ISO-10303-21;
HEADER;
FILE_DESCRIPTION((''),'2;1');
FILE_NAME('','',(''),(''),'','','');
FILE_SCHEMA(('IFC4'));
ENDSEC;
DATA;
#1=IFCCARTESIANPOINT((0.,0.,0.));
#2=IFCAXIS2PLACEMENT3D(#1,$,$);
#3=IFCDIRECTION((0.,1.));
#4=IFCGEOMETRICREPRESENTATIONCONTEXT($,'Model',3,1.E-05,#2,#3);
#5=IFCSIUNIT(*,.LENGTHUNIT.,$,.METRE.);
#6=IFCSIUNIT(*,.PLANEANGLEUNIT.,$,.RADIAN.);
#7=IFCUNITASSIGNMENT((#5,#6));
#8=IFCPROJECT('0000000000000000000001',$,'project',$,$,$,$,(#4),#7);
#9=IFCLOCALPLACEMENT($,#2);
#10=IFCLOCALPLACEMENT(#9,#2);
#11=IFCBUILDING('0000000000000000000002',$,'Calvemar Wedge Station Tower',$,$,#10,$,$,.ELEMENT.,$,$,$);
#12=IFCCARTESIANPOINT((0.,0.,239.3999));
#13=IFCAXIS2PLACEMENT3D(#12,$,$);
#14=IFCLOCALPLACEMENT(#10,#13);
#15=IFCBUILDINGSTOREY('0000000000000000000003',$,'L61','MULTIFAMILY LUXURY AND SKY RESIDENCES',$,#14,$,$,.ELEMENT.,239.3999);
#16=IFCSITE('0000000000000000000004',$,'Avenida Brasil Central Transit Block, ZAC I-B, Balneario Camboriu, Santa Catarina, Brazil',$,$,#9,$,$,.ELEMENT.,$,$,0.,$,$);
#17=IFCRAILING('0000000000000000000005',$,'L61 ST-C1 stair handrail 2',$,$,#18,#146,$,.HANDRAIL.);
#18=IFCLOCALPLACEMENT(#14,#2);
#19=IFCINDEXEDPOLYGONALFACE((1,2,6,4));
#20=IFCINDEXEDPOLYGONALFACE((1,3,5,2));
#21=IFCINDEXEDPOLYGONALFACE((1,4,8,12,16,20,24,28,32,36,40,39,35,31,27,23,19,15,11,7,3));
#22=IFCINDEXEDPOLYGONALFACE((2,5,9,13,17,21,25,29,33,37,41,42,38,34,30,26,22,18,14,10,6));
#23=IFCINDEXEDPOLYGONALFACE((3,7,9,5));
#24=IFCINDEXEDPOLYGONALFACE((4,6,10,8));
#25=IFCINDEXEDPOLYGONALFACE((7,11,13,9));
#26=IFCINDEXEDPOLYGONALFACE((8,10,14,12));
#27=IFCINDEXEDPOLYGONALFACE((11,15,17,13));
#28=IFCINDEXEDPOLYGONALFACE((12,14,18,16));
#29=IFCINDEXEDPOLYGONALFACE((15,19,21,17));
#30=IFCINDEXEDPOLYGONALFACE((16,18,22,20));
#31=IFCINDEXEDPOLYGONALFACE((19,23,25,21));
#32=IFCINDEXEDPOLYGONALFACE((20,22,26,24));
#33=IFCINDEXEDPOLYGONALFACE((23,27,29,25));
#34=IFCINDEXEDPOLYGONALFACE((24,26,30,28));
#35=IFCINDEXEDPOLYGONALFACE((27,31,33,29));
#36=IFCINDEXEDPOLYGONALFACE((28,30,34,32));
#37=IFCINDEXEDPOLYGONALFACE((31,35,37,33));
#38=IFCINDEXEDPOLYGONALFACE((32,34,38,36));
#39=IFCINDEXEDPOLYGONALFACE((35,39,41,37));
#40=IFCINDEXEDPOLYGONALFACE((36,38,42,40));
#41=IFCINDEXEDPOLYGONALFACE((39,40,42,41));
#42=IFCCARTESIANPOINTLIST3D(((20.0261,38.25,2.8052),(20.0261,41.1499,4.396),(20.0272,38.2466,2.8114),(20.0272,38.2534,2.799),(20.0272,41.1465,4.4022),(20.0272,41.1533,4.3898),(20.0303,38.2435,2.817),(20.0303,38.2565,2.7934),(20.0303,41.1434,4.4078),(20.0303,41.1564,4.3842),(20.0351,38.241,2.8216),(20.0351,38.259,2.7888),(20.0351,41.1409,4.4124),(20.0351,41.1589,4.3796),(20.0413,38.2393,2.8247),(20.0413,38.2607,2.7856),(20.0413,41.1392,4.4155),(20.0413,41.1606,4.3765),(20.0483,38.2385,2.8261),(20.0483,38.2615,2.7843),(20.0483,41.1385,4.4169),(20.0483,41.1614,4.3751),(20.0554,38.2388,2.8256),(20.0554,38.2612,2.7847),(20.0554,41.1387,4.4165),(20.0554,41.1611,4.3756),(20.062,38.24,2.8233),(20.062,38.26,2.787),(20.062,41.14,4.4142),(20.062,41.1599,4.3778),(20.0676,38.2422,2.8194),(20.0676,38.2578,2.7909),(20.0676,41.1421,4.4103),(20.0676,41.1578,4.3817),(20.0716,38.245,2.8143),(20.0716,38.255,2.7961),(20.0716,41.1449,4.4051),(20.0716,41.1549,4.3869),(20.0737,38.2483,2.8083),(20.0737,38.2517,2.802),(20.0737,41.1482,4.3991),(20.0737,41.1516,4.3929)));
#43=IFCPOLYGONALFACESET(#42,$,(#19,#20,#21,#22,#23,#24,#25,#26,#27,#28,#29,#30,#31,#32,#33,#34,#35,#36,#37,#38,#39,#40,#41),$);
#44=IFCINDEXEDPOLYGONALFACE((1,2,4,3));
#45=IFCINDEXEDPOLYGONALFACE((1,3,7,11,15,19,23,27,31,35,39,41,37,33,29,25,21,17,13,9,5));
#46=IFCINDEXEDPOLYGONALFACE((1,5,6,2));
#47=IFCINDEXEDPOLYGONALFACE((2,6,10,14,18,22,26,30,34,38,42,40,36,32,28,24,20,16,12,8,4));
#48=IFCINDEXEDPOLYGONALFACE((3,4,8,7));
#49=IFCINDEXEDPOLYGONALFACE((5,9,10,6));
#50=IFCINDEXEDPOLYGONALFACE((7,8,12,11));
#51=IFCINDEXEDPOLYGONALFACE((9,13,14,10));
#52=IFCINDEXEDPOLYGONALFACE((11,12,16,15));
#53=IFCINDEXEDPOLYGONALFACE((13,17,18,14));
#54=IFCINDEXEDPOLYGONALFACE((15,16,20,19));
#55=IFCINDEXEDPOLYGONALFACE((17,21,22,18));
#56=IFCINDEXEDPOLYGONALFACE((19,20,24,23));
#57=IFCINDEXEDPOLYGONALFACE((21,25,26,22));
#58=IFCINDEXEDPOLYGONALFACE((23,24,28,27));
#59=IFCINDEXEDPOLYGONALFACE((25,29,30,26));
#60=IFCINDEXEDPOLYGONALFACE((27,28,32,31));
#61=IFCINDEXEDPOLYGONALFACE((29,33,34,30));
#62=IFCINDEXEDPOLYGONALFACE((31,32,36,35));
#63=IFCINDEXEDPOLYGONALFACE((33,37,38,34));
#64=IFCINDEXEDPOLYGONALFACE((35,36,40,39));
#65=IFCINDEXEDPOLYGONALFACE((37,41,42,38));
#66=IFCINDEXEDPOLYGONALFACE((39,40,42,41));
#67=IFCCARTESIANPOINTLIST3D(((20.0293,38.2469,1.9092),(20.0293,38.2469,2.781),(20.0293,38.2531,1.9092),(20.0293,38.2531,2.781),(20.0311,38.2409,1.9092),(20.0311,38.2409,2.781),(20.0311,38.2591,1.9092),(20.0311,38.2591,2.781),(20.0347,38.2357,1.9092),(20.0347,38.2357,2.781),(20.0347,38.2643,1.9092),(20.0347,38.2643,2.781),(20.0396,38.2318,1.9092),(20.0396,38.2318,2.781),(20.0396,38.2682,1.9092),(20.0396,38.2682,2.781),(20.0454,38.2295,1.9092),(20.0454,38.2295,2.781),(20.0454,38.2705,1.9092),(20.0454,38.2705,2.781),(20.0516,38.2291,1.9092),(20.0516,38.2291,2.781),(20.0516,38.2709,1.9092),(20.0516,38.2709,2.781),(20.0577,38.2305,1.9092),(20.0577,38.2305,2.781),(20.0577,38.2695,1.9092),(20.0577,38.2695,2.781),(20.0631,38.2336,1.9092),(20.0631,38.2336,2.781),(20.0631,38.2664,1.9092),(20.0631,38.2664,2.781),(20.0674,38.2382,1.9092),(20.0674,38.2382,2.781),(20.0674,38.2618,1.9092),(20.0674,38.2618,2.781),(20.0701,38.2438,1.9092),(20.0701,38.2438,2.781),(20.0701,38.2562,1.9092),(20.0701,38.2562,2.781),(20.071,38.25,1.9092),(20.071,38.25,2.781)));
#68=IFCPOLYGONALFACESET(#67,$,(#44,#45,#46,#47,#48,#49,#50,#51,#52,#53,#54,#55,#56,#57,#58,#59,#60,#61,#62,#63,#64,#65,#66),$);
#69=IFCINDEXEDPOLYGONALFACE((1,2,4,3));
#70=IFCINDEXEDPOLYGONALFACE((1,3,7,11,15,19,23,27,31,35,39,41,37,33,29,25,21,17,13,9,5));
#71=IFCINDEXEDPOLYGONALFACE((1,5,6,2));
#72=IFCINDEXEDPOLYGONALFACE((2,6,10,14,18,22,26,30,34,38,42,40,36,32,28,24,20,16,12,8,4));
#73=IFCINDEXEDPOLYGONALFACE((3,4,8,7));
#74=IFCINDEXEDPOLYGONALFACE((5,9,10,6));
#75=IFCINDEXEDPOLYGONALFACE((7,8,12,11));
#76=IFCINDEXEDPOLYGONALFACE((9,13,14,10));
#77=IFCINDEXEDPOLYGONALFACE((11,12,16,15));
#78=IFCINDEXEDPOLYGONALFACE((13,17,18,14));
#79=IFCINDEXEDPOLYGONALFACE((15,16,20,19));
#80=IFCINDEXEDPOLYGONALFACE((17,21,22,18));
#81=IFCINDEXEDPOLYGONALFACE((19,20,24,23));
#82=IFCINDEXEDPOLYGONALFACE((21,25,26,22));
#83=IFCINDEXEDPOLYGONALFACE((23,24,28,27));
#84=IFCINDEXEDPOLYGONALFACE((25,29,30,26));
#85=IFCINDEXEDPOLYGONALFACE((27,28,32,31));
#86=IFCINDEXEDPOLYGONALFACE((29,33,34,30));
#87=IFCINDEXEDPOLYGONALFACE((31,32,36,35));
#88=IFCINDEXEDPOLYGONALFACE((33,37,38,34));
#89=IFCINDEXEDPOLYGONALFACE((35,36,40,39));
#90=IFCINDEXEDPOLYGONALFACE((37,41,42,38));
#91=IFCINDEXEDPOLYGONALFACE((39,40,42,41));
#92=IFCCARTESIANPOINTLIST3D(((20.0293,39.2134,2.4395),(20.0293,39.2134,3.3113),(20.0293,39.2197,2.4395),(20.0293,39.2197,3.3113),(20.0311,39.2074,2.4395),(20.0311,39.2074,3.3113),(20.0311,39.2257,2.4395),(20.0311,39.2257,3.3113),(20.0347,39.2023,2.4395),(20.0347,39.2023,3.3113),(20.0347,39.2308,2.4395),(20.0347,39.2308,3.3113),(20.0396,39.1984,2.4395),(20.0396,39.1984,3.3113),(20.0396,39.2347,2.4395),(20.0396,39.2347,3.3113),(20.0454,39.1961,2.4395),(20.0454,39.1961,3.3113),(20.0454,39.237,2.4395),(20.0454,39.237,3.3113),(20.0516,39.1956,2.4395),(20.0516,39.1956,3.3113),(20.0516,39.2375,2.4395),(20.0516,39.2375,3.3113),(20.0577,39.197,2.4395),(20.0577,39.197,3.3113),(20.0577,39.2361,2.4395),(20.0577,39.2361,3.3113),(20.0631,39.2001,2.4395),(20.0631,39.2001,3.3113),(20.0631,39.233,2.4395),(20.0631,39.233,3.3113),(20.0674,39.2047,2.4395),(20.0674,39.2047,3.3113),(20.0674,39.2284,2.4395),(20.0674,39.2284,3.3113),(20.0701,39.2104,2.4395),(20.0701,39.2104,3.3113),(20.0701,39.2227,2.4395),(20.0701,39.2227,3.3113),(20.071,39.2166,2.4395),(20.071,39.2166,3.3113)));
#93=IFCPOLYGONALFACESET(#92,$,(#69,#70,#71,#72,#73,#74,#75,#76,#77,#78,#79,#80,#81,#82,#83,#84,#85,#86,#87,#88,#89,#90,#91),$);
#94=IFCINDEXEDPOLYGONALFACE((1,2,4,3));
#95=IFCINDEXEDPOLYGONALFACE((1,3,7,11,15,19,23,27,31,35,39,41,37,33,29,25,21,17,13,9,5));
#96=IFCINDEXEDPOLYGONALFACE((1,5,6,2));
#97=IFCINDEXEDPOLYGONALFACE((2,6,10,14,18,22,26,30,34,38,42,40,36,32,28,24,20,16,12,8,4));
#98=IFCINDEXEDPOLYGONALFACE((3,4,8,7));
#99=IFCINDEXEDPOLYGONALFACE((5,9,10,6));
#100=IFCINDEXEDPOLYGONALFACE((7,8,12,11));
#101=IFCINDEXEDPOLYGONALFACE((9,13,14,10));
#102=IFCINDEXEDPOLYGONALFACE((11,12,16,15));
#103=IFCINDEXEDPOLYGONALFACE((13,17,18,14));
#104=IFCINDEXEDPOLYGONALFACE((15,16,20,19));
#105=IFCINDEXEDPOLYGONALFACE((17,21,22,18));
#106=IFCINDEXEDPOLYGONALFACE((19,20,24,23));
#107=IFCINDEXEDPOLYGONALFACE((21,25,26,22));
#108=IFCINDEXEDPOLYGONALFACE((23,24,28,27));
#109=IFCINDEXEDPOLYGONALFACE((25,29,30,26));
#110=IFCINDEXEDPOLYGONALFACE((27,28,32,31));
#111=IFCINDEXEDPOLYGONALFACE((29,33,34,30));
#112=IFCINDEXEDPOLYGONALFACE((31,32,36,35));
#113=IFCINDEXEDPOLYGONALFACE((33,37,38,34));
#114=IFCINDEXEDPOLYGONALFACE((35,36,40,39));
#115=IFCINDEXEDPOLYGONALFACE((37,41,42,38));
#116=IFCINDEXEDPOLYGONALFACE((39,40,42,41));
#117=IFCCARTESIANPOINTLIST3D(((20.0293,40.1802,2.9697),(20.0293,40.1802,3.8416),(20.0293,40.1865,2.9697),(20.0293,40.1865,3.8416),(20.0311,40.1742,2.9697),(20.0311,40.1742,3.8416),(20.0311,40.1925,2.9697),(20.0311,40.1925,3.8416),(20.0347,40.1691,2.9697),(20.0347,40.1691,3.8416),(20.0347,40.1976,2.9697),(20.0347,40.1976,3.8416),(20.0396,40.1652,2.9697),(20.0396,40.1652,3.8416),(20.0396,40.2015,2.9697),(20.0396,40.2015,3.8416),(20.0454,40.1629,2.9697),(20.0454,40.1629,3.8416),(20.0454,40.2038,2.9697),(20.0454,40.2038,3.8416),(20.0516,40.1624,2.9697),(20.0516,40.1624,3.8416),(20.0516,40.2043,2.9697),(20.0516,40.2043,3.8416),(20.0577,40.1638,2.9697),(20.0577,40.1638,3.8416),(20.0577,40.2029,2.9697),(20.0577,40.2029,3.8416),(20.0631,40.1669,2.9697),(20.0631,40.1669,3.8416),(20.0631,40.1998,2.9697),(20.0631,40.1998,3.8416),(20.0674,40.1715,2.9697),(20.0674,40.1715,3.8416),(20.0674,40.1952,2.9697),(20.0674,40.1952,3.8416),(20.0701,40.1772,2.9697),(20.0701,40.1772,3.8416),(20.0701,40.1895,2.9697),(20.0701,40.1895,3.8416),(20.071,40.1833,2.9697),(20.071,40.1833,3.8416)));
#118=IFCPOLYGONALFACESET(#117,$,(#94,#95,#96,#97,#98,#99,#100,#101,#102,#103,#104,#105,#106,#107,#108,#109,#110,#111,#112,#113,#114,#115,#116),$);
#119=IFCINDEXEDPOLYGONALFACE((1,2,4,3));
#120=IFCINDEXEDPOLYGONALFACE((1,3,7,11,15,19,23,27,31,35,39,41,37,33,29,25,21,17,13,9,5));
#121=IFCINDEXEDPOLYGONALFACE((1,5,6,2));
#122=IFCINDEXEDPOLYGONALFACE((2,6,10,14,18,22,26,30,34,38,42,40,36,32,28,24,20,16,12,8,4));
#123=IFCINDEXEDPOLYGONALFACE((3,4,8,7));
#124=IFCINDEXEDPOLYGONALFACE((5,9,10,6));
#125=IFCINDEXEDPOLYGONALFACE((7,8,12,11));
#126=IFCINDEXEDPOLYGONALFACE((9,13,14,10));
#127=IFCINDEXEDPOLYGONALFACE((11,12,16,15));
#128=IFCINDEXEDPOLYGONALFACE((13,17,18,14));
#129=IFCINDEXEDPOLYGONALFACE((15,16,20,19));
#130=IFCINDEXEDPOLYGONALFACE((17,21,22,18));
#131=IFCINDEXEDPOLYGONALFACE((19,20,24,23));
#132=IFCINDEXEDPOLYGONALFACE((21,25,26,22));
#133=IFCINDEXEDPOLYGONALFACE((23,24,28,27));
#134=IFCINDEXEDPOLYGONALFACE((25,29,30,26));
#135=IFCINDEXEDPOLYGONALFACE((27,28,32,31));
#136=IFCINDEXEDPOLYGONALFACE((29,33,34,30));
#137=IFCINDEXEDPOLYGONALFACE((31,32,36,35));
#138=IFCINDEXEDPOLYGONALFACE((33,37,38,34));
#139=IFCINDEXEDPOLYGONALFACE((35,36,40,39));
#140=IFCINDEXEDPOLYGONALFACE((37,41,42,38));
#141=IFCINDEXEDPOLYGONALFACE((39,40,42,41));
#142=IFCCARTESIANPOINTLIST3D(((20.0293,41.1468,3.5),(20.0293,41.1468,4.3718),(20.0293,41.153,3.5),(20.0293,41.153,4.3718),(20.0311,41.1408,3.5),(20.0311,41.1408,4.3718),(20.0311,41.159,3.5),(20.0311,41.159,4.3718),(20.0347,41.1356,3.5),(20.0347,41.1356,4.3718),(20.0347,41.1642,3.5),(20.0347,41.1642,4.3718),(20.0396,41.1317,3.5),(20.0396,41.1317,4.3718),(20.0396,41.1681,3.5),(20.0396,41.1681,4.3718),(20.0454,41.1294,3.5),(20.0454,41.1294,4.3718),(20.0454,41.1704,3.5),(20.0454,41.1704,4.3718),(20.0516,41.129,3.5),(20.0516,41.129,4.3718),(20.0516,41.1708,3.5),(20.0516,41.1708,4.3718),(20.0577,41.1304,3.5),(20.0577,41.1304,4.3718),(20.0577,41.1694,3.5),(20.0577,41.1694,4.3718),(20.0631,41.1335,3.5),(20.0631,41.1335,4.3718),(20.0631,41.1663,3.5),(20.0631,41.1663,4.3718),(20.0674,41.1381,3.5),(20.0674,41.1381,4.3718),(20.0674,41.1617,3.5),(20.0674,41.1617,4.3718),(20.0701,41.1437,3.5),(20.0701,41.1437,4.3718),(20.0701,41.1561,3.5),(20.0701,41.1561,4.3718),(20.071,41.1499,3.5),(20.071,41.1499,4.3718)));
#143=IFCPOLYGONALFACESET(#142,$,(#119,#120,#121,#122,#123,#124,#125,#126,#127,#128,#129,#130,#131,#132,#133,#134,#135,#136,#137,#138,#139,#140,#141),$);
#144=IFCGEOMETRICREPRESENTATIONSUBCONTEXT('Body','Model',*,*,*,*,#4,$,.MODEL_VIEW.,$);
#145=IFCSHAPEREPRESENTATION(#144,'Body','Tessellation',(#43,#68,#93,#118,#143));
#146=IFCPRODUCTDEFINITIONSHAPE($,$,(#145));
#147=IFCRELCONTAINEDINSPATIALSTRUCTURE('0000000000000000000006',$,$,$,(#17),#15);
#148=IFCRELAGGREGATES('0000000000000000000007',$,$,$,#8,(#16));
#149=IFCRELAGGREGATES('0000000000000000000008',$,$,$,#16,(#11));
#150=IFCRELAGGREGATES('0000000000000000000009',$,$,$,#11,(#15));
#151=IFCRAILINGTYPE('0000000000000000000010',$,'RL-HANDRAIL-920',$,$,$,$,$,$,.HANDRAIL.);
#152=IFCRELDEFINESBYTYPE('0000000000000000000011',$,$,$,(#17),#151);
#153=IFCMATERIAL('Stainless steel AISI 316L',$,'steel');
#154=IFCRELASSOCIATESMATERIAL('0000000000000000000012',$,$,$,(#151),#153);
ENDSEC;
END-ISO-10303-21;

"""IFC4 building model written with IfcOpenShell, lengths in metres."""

from ifc_helpers import new_model, si_unit, direction, frame, origin, origin_2d, place, context, subcontext, project, spatial, circle, extrude, material, type_object, element, save


model = new_model("IFC4")

# Units and contexts
model_context = context("Model", 3, precision=1e-05, world=origin(), true_north=direction((0.0, 1.0)))
body_context = subcontext(model_context, "Body", "Model", "MODEL_VIEW")
ifc_project = project(units=[si_unit("LENGTHUNIT", "METRE"), si_unit("PLANEANGLEUNIT", "RADIAN")], contexts=[model_context])

# Site, building, storey
site_placement = place(None, origin())
site = spatial("IfcSite", under=ifc_project, at=site_placement, Name="Avenida Brasil Central Transit Block, ZAC I-B, Balneario Camboriu, Santa Catarina, Brazil", CompositionType="ELEMENT", RefElevation=0.0)
building_placement = place(site_placement, origin())
building = spatial("IfcBuilding", under=site, at=building_placement, Name="Calvemar Wedge Station Tower", CompositionType="ELEMENT")
storey_placement = place(building_placement, frame((0.0, 0.0, 239.3999)))
storey = spatial("IfcBuildingStorey", under=building, at=storey_placement, Name="L61", Description="MULTIFAMILY LUXURY AND SKY RESIDENCES", CompositionType="ELEMENT", Elevation=239.3999)

# Railing
ifc_material_1 = material(Name="Stainless steel AISI 316L", Category="steel")
railing_type_1 = type_object("IfcRailingType", Name="RL-HANDRAIL-920", PredefinedType="HANDRAIL", material=ifc_material_1)
railing_1_placement = place(storey_placement, frame((20.05, 38.25, 1.9092)))
element("IfcRailing", 1, at=railing_1_placement, inside=storey, type_object=railing_type_1, Name="L61 ST-C1 stair handrail 2", PredefinedType="HANDRAIL", context=body_context, shape_type="SweptSolid", body=[
    extrude(circle(Radius=0.0239, at=origin_2d()), frame((0.0, 0.0, 0.896), z_axis=(0.0, 0.876742, 0.480961), x_axis=(-1.0, 0.0, 0.0)), (0.0, 0.0, 1.0), 3.3076),
    extrude(circle(Radius=0.021, at=origin_2d()), origin(), (0.0, 0.0, 1.0), 0.8718),
    extrude(circle(Radius=0.021, at=origin_2d()), frame((0.0, 0.9666, 0.5303)), (0.0, 0.0, 1.0), 0.8718),
    extrude(circle(Radius=0.021, at=origin_2d()), frame((0.0, 1.9333, 1.0605)), (0.0, 0.0, 1.0), 0.8718),
    extrude(circle(Radius=0.021, at=origin_2d()), frame((0.0, 2.8999, 1.5908)), (0.0, 0.0, 1.0), 0.8718),
])

save(model, "model.ifc")
